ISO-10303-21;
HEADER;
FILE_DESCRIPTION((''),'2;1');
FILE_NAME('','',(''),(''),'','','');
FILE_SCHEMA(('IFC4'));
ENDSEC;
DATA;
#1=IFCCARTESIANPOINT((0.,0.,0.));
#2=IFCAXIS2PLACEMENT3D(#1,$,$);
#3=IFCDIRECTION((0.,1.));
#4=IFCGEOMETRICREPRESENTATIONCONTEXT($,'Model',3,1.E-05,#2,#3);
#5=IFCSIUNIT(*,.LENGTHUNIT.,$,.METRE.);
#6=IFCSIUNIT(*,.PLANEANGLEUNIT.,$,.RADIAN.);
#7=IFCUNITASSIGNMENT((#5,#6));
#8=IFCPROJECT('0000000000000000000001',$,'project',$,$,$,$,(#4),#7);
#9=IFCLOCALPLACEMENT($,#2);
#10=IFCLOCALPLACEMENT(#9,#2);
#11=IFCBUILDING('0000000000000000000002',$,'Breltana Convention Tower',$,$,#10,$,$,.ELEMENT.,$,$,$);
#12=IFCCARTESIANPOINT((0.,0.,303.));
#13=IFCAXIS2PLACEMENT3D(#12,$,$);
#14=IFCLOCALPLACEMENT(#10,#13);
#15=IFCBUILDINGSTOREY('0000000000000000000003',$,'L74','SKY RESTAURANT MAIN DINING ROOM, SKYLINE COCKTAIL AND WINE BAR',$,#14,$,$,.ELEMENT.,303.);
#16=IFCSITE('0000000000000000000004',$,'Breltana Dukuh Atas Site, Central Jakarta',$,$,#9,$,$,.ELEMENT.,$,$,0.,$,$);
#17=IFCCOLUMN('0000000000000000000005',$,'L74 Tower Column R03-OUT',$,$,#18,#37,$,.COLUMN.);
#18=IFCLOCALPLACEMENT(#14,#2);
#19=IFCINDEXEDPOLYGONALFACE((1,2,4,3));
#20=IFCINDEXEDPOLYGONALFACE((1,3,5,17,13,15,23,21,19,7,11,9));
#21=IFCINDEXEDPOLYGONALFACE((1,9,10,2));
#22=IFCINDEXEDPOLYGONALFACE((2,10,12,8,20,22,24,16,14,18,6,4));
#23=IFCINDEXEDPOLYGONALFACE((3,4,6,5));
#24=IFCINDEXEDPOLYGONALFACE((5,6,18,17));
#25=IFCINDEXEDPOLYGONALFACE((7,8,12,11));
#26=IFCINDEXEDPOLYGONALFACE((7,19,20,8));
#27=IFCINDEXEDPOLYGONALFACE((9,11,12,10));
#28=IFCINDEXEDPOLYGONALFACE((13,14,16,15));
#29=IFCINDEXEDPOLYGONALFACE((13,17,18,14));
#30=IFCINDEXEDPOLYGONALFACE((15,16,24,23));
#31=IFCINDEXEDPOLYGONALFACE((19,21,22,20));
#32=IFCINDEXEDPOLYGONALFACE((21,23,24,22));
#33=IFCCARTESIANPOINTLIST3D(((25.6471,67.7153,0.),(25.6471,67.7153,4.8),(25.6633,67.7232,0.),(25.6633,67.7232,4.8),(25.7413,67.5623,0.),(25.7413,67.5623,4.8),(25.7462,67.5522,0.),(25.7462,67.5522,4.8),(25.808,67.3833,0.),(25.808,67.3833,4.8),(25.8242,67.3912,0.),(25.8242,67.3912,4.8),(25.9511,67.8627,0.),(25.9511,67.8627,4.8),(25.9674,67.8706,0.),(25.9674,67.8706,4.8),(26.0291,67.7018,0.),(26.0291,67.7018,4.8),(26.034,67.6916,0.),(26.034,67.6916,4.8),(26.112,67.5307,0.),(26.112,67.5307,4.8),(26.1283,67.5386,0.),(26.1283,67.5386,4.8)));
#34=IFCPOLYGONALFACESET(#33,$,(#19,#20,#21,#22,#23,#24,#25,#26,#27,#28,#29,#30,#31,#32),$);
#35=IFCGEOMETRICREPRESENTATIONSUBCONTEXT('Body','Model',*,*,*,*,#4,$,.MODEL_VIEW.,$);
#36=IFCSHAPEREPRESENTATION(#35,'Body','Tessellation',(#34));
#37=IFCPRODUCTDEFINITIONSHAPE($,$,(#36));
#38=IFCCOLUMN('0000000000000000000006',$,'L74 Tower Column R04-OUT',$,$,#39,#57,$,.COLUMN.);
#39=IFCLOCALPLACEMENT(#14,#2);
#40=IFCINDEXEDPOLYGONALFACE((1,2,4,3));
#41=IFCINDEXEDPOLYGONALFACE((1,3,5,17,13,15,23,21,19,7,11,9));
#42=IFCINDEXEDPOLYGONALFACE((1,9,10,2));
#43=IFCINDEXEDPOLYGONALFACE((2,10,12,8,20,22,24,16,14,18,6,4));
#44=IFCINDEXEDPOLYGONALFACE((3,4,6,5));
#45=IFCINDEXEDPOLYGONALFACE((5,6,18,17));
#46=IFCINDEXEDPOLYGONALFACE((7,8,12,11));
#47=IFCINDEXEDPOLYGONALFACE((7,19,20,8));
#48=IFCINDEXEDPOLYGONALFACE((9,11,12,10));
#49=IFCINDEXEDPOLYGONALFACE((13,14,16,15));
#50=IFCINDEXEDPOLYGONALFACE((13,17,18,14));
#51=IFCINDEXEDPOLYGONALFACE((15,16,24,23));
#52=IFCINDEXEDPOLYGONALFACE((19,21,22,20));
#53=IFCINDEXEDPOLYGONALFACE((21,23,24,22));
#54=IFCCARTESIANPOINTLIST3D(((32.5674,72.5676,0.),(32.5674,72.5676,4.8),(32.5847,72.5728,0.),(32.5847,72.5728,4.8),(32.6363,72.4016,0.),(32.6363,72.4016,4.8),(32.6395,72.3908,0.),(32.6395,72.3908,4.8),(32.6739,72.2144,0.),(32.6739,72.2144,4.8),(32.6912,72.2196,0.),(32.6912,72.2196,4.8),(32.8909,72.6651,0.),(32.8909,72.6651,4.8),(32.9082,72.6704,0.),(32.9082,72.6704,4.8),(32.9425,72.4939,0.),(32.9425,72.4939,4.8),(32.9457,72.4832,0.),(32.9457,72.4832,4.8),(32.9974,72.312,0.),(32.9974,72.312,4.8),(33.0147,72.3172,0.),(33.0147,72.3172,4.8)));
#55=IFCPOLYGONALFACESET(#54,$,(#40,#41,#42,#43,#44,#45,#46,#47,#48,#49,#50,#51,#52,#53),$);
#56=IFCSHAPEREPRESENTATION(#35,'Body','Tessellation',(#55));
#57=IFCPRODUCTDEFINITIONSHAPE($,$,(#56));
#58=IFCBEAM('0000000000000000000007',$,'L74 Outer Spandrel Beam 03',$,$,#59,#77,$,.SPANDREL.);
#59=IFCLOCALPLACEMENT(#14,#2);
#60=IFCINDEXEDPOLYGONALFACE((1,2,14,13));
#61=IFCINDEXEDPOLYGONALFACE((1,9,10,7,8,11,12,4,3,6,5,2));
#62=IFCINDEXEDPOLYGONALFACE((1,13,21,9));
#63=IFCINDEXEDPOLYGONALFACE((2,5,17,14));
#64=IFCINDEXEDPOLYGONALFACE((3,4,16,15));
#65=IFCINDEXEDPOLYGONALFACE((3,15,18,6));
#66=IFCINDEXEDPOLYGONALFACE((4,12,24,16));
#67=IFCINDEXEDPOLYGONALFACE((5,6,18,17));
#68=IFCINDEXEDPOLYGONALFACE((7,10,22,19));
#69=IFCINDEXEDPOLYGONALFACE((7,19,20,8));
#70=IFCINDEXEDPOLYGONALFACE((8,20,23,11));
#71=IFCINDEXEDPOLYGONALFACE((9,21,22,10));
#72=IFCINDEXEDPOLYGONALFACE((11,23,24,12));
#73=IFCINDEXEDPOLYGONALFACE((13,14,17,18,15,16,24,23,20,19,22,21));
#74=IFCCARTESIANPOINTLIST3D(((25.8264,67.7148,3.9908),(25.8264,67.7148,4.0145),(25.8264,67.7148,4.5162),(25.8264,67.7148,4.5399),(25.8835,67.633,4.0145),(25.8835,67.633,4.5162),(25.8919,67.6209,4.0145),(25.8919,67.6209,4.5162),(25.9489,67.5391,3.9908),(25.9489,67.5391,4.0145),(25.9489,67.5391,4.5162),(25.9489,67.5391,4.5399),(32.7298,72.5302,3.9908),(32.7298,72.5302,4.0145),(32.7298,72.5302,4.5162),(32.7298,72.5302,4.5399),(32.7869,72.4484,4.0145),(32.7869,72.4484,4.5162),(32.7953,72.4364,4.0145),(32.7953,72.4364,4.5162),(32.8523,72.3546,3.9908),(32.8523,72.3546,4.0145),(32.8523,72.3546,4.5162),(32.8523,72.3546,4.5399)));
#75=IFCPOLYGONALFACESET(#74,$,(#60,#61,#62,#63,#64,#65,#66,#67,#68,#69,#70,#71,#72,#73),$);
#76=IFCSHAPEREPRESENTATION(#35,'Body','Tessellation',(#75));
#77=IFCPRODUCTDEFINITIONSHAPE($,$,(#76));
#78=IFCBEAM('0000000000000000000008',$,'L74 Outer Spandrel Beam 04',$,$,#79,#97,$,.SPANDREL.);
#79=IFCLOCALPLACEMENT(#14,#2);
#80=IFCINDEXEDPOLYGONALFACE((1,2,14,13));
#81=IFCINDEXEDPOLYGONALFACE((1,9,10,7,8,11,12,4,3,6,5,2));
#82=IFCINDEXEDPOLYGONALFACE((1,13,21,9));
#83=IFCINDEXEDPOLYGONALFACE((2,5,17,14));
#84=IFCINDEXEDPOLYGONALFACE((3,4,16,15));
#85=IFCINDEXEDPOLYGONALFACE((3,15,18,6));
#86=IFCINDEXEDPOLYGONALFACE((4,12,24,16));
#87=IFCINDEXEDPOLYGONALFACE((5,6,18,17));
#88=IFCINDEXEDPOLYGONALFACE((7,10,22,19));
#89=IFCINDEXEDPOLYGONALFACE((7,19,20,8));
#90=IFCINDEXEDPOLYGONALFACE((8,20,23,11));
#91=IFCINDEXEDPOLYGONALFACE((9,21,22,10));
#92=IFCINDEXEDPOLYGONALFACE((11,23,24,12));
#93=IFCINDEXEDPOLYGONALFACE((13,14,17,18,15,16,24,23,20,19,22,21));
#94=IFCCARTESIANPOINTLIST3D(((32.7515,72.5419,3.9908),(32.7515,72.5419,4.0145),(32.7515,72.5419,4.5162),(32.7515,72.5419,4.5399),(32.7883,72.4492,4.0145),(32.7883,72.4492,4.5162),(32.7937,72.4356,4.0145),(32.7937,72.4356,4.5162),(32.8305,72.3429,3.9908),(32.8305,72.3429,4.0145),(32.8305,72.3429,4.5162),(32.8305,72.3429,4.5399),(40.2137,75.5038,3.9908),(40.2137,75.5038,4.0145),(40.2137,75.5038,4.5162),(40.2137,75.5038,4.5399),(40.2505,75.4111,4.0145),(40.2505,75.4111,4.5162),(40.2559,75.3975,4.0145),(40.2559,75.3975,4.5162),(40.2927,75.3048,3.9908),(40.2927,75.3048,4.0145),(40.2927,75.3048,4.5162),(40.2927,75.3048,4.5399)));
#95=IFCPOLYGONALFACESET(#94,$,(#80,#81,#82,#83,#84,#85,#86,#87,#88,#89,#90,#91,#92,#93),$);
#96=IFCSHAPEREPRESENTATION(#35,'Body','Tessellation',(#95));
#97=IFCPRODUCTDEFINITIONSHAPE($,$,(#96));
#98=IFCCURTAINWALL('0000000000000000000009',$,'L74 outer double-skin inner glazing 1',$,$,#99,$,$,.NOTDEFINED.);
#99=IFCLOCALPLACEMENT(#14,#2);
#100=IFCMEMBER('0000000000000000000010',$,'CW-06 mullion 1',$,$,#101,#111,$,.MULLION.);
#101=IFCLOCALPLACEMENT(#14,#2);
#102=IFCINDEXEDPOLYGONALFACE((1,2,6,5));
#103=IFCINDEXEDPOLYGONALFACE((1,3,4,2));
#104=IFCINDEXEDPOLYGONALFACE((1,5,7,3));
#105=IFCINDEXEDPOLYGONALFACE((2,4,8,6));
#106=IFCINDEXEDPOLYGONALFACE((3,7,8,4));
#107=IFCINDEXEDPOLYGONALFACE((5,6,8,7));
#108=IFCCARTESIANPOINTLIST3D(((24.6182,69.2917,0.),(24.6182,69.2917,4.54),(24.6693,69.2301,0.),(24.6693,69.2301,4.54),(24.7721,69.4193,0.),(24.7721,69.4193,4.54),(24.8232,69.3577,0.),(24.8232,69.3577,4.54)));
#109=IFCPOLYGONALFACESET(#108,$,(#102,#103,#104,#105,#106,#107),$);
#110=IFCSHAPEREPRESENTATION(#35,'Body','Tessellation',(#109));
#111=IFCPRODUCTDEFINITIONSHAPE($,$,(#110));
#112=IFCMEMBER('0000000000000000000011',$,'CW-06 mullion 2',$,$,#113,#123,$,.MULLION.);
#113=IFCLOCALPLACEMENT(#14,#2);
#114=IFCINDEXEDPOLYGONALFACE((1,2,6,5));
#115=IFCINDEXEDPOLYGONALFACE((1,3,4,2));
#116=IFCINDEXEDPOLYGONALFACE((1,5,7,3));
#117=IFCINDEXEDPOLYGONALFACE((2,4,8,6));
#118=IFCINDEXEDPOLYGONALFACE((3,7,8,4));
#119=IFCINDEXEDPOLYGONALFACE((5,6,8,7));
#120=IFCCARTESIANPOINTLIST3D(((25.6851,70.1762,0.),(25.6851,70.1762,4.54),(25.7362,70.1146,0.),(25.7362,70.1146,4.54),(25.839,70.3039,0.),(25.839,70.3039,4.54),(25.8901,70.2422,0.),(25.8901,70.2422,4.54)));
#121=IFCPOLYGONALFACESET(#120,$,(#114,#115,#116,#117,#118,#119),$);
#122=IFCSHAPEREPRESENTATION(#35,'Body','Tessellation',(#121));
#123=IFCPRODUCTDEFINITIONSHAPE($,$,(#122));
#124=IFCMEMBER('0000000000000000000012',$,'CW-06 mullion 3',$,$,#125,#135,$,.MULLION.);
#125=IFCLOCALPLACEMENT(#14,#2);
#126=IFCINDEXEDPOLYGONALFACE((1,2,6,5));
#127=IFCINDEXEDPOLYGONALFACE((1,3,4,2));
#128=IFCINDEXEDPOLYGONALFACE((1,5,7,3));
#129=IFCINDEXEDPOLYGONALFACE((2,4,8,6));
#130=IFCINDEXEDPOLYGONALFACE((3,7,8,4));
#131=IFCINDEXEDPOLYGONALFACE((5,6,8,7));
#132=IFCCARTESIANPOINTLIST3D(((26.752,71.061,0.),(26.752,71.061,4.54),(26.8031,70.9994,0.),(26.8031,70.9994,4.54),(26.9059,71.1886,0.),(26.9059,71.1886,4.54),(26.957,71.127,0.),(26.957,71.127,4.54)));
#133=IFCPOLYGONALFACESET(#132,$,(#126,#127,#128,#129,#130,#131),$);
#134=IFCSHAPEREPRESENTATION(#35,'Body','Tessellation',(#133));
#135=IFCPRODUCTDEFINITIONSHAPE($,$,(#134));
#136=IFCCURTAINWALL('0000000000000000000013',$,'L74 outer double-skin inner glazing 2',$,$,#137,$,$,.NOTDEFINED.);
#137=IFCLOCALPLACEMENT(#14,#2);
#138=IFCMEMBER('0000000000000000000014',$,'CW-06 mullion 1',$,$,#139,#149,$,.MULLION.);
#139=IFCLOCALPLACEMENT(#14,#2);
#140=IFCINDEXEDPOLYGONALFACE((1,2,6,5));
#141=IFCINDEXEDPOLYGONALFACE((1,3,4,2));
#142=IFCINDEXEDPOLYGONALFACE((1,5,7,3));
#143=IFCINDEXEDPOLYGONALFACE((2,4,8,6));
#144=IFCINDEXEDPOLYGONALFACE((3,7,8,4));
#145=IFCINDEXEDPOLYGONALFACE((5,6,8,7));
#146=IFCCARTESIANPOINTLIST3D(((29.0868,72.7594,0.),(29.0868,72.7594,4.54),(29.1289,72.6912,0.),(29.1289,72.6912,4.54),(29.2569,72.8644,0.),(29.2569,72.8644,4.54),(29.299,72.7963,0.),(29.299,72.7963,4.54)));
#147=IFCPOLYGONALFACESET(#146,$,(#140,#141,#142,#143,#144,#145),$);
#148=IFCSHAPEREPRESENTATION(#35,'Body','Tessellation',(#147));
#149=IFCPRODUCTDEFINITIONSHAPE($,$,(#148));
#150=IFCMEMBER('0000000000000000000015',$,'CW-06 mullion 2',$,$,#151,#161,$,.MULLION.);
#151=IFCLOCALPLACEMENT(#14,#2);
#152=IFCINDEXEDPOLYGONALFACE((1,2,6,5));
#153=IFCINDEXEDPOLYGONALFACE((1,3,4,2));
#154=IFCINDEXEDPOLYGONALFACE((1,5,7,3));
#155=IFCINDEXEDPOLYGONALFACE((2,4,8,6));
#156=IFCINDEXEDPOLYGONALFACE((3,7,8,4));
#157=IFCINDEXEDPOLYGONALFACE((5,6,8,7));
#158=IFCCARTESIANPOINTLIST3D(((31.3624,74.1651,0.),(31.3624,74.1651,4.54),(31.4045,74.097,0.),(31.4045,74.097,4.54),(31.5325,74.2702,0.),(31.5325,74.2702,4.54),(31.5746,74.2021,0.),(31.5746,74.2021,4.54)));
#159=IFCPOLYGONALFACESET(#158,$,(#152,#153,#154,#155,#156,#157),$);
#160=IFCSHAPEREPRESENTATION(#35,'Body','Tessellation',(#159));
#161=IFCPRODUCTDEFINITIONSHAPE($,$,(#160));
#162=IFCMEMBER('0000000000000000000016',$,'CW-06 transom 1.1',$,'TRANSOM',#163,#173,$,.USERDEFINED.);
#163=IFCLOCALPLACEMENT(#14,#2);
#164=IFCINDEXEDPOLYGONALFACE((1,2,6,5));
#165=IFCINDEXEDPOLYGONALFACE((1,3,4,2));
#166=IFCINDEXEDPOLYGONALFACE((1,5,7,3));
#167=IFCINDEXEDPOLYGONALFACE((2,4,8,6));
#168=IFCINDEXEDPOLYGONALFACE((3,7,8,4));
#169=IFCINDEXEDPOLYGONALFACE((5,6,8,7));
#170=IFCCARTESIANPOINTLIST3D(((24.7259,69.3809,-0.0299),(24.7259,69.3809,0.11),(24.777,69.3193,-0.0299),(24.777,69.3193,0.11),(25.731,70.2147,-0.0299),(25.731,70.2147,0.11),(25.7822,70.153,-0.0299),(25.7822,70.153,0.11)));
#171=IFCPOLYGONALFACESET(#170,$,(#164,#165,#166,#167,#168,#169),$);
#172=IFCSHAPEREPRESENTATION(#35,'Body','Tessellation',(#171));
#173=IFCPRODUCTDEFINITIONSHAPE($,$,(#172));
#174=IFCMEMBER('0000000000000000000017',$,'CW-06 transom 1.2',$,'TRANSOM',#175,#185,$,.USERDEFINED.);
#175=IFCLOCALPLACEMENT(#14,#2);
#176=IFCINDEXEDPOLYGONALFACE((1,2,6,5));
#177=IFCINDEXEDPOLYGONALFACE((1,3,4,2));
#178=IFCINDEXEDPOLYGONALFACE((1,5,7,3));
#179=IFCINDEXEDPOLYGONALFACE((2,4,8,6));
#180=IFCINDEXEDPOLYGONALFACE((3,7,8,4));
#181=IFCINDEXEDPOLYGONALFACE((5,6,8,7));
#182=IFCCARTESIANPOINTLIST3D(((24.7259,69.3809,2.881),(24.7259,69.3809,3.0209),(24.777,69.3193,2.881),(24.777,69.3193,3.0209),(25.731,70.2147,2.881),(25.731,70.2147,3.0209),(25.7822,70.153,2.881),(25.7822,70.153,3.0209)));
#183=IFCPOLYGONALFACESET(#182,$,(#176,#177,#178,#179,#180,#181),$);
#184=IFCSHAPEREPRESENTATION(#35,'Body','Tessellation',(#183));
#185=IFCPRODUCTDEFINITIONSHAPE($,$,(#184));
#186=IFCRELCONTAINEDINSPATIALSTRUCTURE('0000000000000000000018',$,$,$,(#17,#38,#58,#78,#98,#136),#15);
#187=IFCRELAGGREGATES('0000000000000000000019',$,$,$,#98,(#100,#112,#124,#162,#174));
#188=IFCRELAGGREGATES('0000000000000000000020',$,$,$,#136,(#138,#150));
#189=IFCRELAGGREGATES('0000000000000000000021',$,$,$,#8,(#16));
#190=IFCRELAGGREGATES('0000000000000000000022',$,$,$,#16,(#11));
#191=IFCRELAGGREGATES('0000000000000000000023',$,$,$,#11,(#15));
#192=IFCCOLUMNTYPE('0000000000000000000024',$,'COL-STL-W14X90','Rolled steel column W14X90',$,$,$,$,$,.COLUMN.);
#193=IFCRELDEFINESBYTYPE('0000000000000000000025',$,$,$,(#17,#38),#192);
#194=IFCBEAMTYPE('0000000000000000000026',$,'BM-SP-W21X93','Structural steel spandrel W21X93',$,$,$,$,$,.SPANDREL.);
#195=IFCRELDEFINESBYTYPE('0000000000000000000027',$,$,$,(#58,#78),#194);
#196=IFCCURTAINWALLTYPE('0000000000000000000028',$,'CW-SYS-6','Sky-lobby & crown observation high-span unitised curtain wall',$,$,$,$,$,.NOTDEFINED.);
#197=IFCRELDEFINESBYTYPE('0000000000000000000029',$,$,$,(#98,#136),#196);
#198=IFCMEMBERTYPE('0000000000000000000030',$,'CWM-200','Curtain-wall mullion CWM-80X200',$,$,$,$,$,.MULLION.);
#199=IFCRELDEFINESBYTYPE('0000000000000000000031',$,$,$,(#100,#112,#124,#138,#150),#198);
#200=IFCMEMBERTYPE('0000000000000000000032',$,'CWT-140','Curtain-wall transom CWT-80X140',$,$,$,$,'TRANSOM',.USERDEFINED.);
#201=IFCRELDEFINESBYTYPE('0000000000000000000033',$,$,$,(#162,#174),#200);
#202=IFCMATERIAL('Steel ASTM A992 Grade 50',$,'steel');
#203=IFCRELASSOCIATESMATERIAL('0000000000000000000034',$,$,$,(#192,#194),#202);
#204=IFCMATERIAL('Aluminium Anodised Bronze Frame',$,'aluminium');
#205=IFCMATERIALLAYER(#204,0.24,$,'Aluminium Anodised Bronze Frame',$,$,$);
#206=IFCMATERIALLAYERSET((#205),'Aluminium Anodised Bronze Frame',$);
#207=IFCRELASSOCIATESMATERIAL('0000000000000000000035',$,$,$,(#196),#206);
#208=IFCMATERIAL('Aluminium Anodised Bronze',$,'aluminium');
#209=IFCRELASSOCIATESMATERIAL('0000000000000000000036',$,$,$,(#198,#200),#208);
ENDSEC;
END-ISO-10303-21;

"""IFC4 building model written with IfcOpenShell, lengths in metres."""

from ifc_helpers import new_model, si_unit, direction, frame, origin, origin_2d, place, context, subcontext, project, spatial, rectangle, i_section, extrude, source, transform, mapped, material, layer, layer_set, material_profile, profile_set, type_object, type_shapes, element, aggregate, save


model = new_model("IFC4")

# Units and contexts
model_context = context("Model", 3, precision=1e-05, world=origin(), true_north=direction((0.0, 1.0)))
body_context = subcontext(model_context, "Body", "Model", "MODEL_VIEW")
ifc_project = project(units=[si_unit("LENGTHUNIT", "METRE"), si_unit("PLANEANGLEUNIT", "RADIAN")], contexts=[model_context])

# Site, building, storey
site_placement = place(None, origin())
site = spatial("IfcSite", under=ifc_project, at=site_placement, Name="Breltana Dukuh Atas Site, Central Jakarta", CompositionType="ELEMENT", RefElevation=0.0)
building_placement = place(site_placement, origin())
building = spatial("IfcBuilding", under=site, at=building_placement, Name="Breltana Convention Tower", CompositionType="ELEMENT")
storey_placement = place(building_placement, frame((0.0, 0.0, 303.0)))
storey = spatial("IfcBuildingStorey", under=building, at=storey_placement, Name="L74", Description="SKY RESTAURANT MAIN DINING ROOM, SKYLINE COCKTAIL AND WINE BAR", CompositionType="ELEMENT", Elevation=303.0)

# Columns
ifc_material_1 = material(Name="Steel ASTM A992 Grade 50", Category="steel")
ifc_material_profile_1 = material_profile(ifc_material_1, i_section(OverallWidth=0.3689, OverallDepth=0.356, WebThickness=0.0112, FlangeThickness=0.0181, at=origin_2d()), Name="W14X90")
ifc_profile_set_1 = profile_set([ifc_material_profile_1], Name="Steel ASTM A992 Grade 50")
column_type = type_object("IfcColumnType", Name="COL-STL-W14X90", Description="Rolled steel column W14X90", PredefinedType="COLUMN", material=ifc_profile_set_1)
shared_shape_1 = source(origin(), body_context, "Body", "SweptSolid", [
    extrude(i_section(OverallWidth=0.3689, OverallDepth=0.356, WebThickness=0.0112, FlangeThickness=0.0181, at=origin_2d()), origin(), (0.0, 0.0, 1.0), 4.8),
])
type_shapes(column_type, [shared_shape_1])
for number, where, z_axis, x_axis, name in (
    (1, (25.8877, 67.627, 0.0), (0.0, 0.0, 1.0), (-0.436174, 0.899863, 0.0), "L74 Tower Column R03-OUT"),
    (2, (32.791, 72.4424, 0.0), (0.0, 0.0, 1.0), (-0.288698, 0.95742, 0.0), "L74 Tower Column R04-OUT"),
):
    element("IfcColumn", number, at=place(storey_placement, frame(where, z_axis=z_axis, x_axis=x_axis)), inside=storey, type_object=column_type, Name=name, PredefinedType="COLUMN", context=body_context, shape_type="MappedRepresentation", body=[
        mapped(shared_shape_1, transform((0.0, 0.0, 0.0), scale=1.0)),
    ])

# Beams
ifc_material_profile_2 = material_profile(ifc_material_1, i_section(OverallWidth=0.2141, OverallDepth=0.5491, WebThickness=0.0146, FlangeThickness=0.0237, at=origin_2d()), Name="W21X93")
ifc_profile_set_2 = profile_set([ifc_material_profile_2], Name="Steel ASTM A992 Grade 50")
beam_type = type_object("IfcBeamType", Name="BM-SP-W21X93", Description="Structural steel spandrel W21X93", PredefinedType="SPANDREL", material=ifc_profile_set_2)
shared_shape_2 = source(origin(), body_context, "Body", "SweptSolid", [
    extrude(i_section(OverallWidth=0.2141, OverallDepth=0.5491, WebThickness=0.0146, FlangeThickness=0.0237, at=origin_2d()), origin(), (0.0, 0.0, 1.0), 8.417),
])
beam_1_placement = place(storey_placement, frame((25.8877, 67.627, 4.2654), z_axis=(0.820174, 0.572114, 0.0), x_axis=(-0.572114, 0.820174, 0.0)))
element("IfcBeam", 3, at=beam_1_placement, inside=storey, type_object=beam_type, Name="L74 Outer Spandrel Beam 03", PredefinedType="SPANDREL", context=body_context, shape_type="MappedRepresentation", body=[
    mapped(shared_shape_2, transform((0.0, 0.0, 0.0), scale=1.0)),
])
shared_shape_3 = source(origin(), body_context, "Body", "SweptSolid", [
    extrude(i_section(OverallWidth=0.2141, OverallDepth=0.5491, WebThickness=0.0146, FlangeThickness=0.0237, at=origin_2d()), origin(), (0.0, 0.0, 1.0), 8.0286),
])
beam_2_placement = place(storey_placement, frame((32.791, 72.4424, 4.2654), z_axis=(0.929459, 0.368925, 0.0), x_axis=(-0.368925, 0.929459, 0.0)))
element("IfcBeam", 4, at=beam_2_placement, inside=storey, type_object=beam_type, Name="L74 Outer Spandrel Beam 04", PredefinedType="SPANDREL", context=body_context, shape_type="MappedRepresentation", body=[
    mapped(shared_shape_3, transform((0.0, 0.0, 0.0), scale=1.0)),
])

# Curtain walls, members
ifc_material_2 = material(Name="Aluminium Anodised Bronze Frame", Category="aluminium")
ifc_layer_1 = layer(ifc_material_2, 0.24, Name="Aluminium Anodised Bronze Frame")
ifc_layer_set_1 = layer_set([ifc_layer_1], Name="Aluminium Anodised Bronze Frame")
curtain_wall_type = type_object("IfcCurtainWallType", Name="CW-SYS-6", Description="Sky-lobby & crown observation high-span unitised curtain wall", PredefinedType="NOTDEFINED", material=ifc_layer_set_1)
curtain_wall_1_placement = place(storey_placement, origin())
curtain_wall_1 = element("IfcCurtainWall", 5, at=curtain_wall_1_placement, inside=storey, type_object=curtain_wall_type, Name="L74 outer double-skin inner glazing 1", PredefinedType="NOTDEFINED")
ifc_material_3 = material(Name="Aluminium Anodised Bronze", Category="aluminium")
ifc_material_profile_3 = material_profile(ifc_material_3, rectangle(XDim=0.0801, YDim=0.2, at=origin_2d()), Name="CWM-80X200")
ifc_profile_set_3 = profile_set([ifc_material_profile_3], Name="Aluminium Anodised Bronze")
member_type_1 = type_object("IfcMemberType", Name="CWM-200", Description="Curtain-wall mullion CWM-80X200", PredefinedType="MULLION", material=ifc_profile_set_3)
shared_shape_4 = source(origin(), body_context, "Body", "SweptSolid", [
    extrude(rectangle(XDim=0.0801, YDim=0.2, at=origin_2d()), origin(), (0.0, 0.0, 1.0), 4.54),
])
member_1_placement = place(storey_placement, frame((24.7207, 69.3247, 0.0), z_axis=(0.0, 0.0, 1.0), x_axis=(-0.63832, 0.769771, 0.0)))
member_1 = element("IfcMember", 6, at=member_1_placement, type_object=member_type_1, Name="CW-06 mullion 1", PredefinedType="MULLION", context=body_context, shape_type="MappedRepresentation", body=[
    mapped(shared_shape_4, transform((0.0, 0.0, 0.0), scale=1.0)),
])
member_2_placement = place(storey_placement, frame((25.7876, 70.2092, 0.0), z_axis=(0.0, 0.0, 1.0), x_axis=(-0.63832, 0.769771, 0.0)))
member_2 = element("IfcMember", 7, at=member_2_placement, type_object=member_type_1, Name="CW-06 mullion 2", PredefinedType="MULLION", context=body_context, shape_type="MappedRepresentation", body=[
    mapped(shared_shape_4, transform((0.0, 0.0, 0.0), scale=1.0)),
])
member_3_placement = place(storey_placement, frame((26.8545, 71.094, 0.0), z_axis=(0.0, 0.0, 1.0), x_axis=(-0.63832, 0.769771, 0.0)))
member_3 = element("IfcMember", 8, at=member_3_placement, type_object=member_type_1, Name="CW-06 mullion 3", PredefinedType="MULLION", context=body_context, shape_type="MappedRepresentation", body=[
    mapped(shared_shape_4, transform((0.0, 0.0, 0.0), scale=1.0)),
])
curtain_wall_2_placement = place(storey_placement, origin())
curtain_wall_2 = element("IfcCurtainWall", 9, at=curtain_wall_2_placement, inside=storey, type_object=curtain_wall_type, Name="L74 outer double-skin inner glazing 2", PredefinedType="NOTDEFINED")
member_4_placement = place(storey_placement, frame((29.1929, 72.7778, 0.0), z_axis=(0.0, 0.0, 1.0), x_axis=(-0.525541, 0.850768, 0.0)))
member_4 = element("IfcMember", 10, at=member_4_placement, type_object=member_type_1, Name="CW-06 mullion 1", PredefinedType="MULLION", context=body_context, shape_type="MappedRepresentation", body=[
    mapped(shared_shape_4, transform((0.0, 0.0, 0.0), scale=1.0)),
])
member_5_placement = place(storey_placement, frame((31.4685, 74.1836, 0.0), z_axis=(0.0, 0.0, 1.0), x_axis=(-0.525541, 0.850768, 0.0)))
member_5 = element("IfcMember", 11, at=member_5_placement, type_object=member_type_1, Name="CW-06 mullion 2", PredefinedType="MULLION", context=body_context, shape_type="MappedRepresentation", body=[
    mapped(shared_shape_4, transform((0.0, 0.0, 0.0), scale=1.0)),
])

# Members
ifc_material_profile_4 = material_profile(ifc_material_3, rectangle(XDim=0.0801, YDim=0.1399, at=origin_2d()), Name="CWT-80X140")
ifc_profile_set_4 = profile_set([ifc_material_profile_4], Name="Aluminium Anodised Bronze")
member_type_2 = type_object("IfcMemberType", Name="CWT-140", Description="Curtain-wall transom CWT-80X140", ElementType="TRANSOM", PredefinedType="USERDEFINED", material=ifc_profile_set_4)
shared_shape_5 = source(origin(), body_context, "Body", "SweptSolid", [
    extrude(rectangle(XDim=0.0801, YDim=0.1399, at=origin_2d()), origin(), (0.0, 0.0, 1.0), 1.3059),
])
member_6_placement = place(storey_placement, frame((24.7515, 69.3501, 0.04), z_axis=(0.769675, 0.638436, 0.0), x_axis=(-0.638436, 0.769675, 0.0)))
member_6 = element("IfcMember", 12, at=member_6_placement, type_object=member_type_2, Name="CW-06 transom 1.1", ObjectType="TRANSOM", PredefinedType="USERDEFINED", context=body_context, shape_type="MappedRepresentation", body=[
    mapped(shared_shape_5, transform((0.0, 0.0, 0.0), scale=1.0)),
])
member_7_placement = place(storey_placement, frame((24.7515, 69.3501, 2.9509), z_axis=(0.769675, 0.638436, 0.0), x_axis=(-0.638436, 0.769675, 0.0)))
member_7 = element("IfcMember", 13, at=member_7_placement, type_object=member_type_2, Name="CW-06 transom 1.2", ObjectType="TRANSOM", PredefinedType="USERDEFINED", context=body_context, shape_type="MappedRepresentation", body=[
    mapped(shared_shape_5, transform((0.0, 0.0, 0.0), scale=1.0)),
])

aggregate(curtain_wall_1, [member_1, member_2, member_3, member_6, member_7])
aggregate(curtain_wall_2, [member_4, member_5])

save(model, "model.ifc")
